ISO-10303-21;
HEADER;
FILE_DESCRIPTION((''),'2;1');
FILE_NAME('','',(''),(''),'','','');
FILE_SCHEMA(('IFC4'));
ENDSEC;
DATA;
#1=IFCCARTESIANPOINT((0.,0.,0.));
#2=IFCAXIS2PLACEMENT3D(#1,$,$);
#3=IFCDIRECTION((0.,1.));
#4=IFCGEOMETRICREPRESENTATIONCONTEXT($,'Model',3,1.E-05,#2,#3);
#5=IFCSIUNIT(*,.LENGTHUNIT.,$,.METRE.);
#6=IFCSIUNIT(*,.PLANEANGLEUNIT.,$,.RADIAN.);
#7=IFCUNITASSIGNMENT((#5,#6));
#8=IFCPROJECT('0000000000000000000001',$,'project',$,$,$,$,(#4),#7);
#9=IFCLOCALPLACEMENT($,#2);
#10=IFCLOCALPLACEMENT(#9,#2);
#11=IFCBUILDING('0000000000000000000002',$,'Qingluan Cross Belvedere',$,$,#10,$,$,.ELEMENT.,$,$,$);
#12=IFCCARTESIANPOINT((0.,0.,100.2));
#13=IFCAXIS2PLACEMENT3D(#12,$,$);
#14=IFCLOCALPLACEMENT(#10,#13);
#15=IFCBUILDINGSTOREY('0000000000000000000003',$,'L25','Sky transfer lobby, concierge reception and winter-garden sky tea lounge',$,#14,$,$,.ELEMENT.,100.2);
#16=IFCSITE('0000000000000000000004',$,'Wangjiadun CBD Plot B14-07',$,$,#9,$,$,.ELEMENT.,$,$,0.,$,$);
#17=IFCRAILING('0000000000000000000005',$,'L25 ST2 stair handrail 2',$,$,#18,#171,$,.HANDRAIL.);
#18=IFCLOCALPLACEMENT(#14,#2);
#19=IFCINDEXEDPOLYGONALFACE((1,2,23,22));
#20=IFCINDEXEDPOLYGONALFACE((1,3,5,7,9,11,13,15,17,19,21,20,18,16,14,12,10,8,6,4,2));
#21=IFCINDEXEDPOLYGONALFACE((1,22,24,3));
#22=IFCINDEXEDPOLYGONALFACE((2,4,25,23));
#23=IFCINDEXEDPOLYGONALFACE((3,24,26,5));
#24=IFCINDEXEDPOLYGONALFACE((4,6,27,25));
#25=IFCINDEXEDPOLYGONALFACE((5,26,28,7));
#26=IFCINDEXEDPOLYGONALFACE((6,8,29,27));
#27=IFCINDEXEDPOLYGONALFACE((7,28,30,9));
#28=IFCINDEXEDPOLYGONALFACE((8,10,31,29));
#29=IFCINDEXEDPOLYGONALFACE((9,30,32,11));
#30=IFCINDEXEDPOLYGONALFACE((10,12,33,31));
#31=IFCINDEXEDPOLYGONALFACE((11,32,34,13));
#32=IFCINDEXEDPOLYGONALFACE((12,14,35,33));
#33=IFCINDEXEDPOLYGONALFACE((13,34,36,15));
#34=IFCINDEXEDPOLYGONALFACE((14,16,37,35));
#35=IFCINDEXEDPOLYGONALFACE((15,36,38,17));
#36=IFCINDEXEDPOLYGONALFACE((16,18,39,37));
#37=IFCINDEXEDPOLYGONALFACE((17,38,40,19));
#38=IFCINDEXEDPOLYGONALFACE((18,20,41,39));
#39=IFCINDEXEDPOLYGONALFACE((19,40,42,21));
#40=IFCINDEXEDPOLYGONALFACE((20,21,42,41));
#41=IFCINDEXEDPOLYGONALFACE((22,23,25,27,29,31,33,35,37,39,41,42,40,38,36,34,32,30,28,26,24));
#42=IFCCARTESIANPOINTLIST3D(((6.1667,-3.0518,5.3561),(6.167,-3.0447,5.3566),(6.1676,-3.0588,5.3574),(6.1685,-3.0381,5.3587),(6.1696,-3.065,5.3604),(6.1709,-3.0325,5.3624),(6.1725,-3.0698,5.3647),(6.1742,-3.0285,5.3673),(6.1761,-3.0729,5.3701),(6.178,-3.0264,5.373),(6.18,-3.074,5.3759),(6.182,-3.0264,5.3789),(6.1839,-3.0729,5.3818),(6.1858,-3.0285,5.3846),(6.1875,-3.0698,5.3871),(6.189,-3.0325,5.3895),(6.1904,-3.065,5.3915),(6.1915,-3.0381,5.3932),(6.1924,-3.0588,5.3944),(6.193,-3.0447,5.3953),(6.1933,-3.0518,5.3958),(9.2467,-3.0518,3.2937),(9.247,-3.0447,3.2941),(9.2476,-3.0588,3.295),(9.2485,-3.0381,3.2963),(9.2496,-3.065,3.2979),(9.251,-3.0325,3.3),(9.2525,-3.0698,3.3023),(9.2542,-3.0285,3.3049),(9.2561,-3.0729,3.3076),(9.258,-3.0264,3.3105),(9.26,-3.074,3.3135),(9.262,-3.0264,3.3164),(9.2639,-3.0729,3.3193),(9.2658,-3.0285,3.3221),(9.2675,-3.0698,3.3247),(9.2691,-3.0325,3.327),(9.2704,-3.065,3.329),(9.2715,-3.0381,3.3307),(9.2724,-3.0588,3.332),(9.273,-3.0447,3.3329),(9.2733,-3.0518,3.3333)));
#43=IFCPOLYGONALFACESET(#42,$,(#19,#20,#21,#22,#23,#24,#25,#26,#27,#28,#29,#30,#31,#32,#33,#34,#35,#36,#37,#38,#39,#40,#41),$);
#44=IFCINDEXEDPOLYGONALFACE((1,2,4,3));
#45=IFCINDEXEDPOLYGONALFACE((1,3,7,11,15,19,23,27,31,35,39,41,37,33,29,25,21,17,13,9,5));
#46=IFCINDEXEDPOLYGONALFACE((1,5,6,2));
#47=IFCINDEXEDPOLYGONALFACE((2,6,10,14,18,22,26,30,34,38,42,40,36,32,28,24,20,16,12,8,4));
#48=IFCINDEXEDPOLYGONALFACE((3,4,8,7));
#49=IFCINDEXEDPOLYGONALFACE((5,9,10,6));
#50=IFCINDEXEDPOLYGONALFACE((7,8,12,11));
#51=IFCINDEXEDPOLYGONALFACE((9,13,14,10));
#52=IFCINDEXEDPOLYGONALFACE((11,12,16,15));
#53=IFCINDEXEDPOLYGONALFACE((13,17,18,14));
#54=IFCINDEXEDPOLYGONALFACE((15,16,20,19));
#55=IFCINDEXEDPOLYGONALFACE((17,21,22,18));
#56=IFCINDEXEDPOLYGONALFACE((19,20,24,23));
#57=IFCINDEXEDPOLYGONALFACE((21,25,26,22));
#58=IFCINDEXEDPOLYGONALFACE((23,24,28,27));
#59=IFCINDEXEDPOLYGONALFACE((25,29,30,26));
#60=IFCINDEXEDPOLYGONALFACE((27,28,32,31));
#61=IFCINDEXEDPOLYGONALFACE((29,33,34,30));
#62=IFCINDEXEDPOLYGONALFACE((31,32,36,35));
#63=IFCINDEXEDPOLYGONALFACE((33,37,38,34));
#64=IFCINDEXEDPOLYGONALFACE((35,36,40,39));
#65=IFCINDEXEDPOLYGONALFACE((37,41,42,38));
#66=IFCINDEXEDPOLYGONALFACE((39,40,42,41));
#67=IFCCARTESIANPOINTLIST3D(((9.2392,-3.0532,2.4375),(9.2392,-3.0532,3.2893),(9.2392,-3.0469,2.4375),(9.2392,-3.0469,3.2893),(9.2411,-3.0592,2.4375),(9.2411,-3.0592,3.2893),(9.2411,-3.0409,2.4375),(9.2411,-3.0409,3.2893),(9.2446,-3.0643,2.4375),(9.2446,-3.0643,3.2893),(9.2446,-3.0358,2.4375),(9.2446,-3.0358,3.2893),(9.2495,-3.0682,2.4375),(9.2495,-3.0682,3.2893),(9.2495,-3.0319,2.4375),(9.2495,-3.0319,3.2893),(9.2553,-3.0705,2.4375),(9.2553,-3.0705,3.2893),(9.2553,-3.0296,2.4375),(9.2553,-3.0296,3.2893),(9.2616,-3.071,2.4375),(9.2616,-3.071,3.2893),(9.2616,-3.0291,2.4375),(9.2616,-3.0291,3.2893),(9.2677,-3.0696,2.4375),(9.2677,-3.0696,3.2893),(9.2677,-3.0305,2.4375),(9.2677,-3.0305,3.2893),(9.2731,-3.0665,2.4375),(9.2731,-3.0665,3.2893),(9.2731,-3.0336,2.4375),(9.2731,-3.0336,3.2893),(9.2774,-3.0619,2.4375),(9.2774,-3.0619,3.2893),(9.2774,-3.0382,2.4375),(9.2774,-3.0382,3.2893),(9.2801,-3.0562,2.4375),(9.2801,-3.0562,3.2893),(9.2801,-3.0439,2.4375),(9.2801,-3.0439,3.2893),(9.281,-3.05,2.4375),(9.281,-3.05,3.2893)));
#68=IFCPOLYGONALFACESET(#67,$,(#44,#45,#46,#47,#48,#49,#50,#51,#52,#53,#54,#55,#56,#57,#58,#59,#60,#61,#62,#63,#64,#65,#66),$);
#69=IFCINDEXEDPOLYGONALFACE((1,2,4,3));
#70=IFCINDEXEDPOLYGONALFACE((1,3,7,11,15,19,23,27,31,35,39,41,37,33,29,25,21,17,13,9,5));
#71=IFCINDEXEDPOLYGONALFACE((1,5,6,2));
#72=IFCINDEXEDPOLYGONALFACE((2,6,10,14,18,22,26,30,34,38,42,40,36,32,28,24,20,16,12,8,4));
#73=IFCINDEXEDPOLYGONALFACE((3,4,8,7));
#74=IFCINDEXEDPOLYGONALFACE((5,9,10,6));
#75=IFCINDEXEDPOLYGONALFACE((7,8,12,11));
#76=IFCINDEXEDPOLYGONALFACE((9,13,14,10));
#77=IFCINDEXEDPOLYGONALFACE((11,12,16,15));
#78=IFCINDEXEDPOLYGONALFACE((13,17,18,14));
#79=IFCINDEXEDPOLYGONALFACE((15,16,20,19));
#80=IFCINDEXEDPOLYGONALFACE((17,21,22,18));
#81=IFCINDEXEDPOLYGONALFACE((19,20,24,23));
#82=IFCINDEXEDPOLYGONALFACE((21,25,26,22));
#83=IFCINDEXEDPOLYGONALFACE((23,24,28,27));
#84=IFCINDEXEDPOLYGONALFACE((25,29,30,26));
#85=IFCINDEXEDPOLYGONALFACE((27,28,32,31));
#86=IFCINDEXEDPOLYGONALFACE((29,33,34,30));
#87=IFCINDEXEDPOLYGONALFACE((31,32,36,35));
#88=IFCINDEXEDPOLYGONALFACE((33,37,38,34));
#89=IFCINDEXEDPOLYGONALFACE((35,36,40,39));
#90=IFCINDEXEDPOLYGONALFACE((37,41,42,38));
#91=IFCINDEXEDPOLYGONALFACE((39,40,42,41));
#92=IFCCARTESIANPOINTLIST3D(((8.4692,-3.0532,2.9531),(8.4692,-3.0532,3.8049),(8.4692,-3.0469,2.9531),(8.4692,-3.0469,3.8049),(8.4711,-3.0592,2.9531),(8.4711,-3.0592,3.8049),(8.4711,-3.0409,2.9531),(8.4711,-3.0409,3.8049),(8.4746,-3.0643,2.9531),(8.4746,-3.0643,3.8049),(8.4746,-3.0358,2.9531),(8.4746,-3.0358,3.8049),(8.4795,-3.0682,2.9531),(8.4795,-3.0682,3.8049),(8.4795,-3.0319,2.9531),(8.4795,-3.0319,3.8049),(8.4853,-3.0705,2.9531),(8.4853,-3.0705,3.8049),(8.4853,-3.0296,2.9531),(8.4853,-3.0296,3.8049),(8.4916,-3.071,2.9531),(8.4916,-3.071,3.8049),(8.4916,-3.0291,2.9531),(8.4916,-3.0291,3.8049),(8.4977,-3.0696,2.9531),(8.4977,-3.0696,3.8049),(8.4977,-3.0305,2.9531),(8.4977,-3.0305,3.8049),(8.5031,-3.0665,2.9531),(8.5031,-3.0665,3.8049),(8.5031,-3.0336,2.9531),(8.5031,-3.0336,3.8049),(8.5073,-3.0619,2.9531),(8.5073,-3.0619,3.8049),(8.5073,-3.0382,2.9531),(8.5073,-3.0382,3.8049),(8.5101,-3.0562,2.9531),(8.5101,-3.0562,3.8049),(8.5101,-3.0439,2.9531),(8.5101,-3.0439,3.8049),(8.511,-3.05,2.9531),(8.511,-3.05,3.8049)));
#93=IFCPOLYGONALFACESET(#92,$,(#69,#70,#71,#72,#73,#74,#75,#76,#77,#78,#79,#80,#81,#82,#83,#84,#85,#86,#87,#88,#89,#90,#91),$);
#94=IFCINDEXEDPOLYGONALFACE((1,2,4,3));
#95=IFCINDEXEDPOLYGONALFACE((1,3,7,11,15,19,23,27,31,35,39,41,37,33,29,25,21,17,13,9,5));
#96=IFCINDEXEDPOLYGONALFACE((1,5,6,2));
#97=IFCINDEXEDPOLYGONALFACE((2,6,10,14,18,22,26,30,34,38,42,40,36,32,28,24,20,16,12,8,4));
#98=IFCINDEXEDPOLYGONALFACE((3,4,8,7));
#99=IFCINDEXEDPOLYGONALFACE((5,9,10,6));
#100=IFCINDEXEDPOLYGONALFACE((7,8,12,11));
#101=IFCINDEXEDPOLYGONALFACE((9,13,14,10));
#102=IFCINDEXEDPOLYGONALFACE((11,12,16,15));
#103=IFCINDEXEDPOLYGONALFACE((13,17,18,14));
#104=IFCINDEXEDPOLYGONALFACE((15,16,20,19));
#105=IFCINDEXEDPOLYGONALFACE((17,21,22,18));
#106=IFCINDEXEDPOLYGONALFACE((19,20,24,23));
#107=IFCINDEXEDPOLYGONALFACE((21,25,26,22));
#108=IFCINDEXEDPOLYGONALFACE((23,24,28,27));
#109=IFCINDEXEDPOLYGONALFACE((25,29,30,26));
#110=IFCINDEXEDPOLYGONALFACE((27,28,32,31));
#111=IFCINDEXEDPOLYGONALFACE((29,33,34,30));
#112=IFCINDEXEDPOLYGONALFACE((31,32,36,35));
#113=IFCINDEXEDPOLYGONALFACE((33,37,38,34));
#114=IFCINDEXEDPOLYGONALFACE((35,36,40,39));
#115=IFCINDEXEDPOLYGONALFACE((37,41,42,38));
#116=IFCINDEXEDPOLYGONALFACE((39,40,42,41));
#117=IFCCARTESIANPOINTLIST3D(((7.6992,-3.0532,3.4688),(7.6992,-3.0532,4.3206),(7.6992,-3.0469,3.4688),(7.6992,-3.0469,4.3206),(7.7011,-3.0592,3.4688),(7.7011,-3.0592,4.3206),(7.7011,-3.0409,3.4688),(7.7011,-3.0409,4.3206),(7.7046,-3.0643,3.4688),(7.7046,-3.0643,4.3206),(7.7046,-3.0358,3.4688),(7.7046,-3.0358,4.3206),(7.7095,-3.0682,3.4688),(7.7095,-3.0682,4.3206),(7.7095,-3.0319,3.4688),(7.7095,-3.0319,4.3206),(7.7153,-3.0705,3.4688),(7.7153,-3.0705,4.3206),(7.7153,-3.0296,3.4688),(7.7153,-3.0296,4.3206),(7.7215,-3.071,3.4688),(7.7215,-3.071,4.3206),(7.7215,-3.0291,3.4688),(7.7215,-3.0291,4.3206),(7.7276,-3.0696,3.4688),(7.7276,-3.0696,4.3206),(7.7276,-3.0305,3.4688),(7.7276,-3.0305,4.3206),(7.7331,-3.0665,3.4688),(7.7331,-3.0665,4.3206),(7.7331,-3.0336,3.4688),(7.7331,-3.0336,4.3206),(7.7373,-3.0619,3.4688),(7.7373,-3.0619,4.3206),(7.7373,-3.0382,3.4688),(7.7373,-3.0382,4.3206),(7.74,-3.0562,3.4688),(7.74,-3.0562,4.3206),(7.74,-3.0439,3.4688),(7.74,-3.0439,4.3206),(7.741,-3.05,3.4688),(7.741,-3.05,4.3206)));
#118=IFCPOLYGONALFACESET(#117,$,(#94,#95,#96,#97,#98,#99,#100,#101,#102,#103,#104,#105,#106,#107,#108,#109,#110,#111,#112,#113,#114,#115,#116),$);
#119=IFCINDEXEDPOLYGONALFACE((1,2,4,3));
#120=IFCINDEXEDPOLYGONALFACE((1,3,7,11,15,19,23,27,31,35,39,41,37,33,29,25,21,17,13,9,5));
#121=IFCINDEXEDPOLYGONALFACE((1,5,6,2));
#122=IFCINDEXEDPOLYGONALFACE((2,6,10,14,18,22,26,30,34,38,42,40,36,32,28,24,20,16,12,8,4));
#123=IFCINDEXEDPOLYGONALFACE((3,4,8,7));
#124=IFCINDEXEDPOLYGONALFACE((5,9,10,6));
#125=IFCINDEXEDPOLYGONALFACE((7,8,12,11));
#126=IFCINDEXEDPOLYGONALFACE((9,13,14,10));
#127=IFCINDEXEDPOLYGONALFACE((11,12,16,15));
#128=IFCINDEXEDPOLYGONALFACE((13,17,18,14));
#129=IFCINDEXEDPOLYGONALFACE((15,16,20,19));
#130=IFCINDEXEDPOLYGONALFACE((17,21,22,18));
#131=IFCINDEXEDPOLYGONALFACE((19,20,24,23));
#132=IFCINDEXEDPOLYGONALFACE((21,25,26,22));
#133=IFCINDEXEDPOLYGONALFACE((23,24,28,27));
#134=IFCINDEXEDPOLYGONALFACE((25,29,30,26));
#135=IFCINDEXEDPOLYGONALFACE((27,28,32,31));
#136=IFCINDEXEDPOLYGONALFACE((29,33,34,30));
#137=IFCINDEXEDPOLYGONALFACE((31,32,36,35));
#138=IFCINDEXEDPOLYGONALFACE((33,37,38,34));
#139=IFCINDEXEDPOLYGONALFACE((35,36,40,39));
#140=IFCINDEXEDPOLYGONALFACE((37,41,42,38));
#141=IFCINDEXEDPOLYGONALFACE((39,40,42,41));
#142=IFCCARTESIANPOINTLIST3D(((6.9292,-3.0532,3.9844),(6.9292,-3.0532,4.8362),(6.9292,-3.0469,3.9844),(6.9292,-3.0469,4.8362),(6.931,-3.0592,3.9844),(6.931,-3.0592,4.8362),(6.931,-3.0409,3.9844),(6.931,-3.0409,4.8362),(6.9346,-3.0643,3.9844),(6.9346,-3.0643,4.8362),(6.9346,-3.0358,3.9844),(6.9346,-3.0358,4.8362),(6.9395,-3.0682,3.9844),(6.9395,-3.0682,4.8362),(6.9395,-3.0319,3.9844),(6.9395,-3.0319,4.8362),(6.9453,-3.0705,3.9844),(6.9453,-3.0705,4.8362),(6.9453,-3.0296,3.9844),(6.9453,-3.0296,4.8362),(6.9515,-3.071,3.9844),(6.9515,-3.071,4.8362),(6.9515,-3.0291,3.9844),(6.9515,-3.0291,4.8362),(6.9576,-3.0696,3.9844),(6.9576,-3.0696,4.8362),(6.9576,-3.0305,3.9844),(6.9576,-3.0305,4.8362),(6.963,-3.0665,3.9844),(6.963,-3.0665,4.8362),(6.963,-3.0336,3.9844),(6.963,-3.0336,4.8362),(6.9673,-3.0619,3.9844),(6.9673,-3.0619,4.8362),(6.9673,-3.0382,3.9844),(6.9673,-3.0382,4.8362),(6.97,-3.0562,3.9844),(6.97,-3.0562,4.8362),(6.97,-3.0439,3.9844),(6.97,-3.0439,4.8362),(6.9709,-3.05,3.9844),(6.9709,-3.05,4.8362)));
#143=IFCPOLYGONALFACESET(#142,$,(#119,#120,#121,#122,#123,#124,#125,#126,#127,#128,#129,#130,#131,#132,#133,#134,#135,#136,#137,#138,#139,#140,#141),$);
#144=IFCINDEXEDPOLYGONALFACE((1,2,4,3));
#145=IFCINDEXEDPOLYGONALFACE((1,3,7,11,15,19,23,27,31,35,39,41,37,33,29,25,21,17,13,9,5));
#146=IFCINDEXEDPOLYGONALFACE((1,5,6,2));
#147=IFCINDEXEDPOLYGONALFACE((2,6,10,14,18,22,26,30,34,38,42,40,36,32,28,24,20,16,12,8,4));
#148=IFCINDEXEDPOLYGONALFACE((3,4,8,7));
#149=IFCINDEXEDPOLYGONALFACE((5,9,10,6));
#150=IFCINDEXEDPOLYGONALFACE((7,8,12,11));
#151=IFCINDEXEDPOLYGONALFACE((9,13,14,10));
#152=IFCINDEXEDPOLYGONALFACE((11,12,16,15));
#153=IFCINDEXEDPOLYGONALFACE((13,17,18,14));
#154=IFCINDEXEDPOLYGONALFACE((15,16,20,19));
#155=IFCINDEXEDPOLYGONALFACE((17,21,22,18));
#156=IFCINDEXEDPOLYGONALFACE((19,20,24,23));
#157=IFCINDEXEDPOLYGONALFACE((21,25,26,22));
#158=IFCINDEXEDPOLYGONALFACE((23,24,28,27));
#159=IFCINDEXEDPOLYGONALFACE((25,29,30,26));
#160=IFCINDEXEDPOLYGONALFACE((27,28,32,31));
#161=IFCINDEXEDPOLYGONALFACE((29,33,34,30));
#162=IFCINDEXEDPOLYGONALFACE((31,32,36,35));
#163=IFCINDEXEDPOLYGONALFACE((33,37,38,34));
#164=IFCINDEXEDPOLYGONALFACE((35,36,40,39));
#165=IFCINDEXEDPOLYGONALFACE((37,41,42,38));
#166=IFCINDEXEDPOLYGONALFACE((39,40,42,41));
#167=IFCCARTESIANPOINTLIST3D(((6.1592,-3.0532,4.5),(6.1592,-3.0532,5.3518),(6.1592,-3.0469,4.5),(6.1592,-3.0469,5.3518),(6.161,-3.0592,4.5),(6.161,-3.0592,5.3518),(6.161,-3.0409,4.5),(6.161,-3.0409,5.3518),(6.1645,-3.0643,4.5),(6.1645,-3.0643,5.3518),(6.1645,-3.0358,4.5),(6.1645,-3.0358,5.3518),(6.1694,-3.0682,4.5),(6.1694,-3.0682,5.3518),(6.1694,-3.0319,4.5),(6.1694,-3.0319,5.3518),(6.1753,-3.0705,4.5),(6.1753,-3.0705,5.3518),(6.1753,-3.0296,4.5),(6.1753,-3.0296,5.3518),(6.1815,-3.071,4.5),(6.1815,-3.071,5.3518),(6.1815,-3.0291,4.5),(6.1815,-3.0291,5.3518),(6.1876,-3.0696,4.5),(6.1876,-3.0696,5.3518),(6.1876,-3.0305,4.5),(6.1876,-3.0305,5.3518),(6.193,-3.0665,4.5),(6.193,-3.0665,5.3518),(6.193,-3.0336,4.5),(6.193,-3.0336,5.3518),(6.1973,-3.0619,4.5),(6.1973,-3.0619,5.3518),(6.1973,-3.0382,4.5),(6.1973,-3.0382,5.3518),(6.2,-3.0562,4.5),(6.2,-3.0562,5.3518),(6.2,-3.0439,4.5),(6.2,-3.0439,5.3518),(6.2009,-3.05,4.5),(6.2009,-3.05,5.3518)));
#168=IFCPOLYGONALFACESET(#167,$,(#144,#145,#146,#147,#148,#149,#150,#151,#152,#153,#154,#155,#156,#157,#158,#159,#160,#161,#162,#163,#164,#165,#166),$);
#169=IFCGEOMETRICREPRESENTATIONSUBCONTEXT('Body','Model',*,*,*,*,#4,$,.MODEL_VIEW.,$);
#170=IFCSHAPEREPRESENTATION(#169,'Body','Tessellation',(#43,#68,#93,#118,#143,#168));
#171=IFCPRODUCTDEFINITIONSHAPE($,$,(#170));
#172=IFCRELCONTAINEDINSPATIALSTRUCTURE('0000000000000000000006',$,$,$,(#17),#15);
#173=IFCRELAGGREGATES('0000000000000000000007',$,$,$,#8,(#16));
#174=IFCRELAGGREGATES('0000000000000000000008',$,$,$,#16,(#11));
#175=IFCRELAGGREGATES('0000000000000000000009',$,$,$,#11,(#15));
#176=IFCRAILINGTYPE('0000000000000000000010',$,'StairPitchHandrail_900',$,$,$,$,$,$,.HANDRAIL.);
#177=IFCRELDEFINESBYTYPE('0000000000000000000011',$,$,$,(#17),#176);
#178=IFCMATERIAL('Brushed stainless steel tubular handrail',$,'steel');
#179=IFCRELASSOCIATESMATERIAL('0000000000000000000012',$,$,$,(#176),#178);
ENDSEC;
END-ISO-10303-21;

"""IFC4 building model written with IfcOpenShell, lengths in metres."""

from ifc_helpers import new_model, si_unit, direction, frame, origin, origin_2d, place, context, subcontext, project, spatial, circle, extrude, material, type_object, element, save


model = new_model("IFC4")

# Units and contexts
model_context = context("Model", 3, precision=1e-05, world=origin(), true_north=direction((0.0, 1.0)))
body_context = subcontext(model_context, "Body", "Model", "MODEL_VIEW")
ifc_project = project(units=[si_unit("LENGTHUNIT", "METRE"), si_unit("PLANEANGLEUNIT", "RADIAN")], contexts=[model_context])

# Site, building, storey
site_placement = place(None, origin())
site = spatial("IfcSite", under=ifc_project, at=site_placement, Name="Wangjiadun CBD Plot B14-07", CompositionType="ELEMENT", RefElevation=0.0)
building_placement = place(site_placement, origin())
building = spatial("IfcBuilding", under=site, at=building_placement, Name="Qingluan Cross Belvedere", CompositionType="ELEMENT")
storey_placement = place(building_placement, frame((0.0, 0.0, 100.2)))
storey = spatial("IfcBuildingStorey", under=building, at=storey_placement, Name="L25", Description="Sky transfer lobby, concierge reception and winter-garden sky tea lounge", CompositionType="ELEMENT", Elevation=100.2)

# Railing
ifc_material_1 = material(Name="Brushed stainless steel tubular handrail", Category="steel")
railing_type_1 = type_object("IfcRailingType", Name="StairPitchHandrail_900", PredefinedType="HANDRAIL", material=ifc_material_1)
railing_1_placement = place(storey_placement, frame((9.26, -3.05, 2.4375)))
element("IfcRailing", 1, at=railing_1_placement, inside=storey, type_object=railing_type_1, Name="L25 ST2 stair handrail 2", PredefinedType="HANDRAIL", context=body_context, shape_type="SweptSolid", body=[
    extrude(circle(Radius=0.0239, at=origin_2d()), frame((0.0, 0.0, 0.876), z_axis=(-0.830914, 0.0, 0.556401), x_axis=(0.0, -1.0, 0.0)), (0.0, 0.0, 1.0), 3.7068),
    extrude(circle(Radius=0.021, at=origin_2d()), origin(), (0.0, 0.0, 1.0), 0.8518),
    extrude(circle(Radius=0.021, at=origin_2d()), frame((-0.77, 0.0, 0.5156)), (0.0, 0.0, 1.0), 0.8518),
    extrude(circle(Radius=0.021, at=origin_2d()), frame((-1.54, 0.0, 1.0312)), (0.0, 0.0, 1.0), 0.8518),
    extrude(circle(Radius=0.021, at=origin_2d()), frame((-2.3101, 0.0, 1.5469)), (0.0, 0.0, 1.0), 0.8518),
    extrude(circle(Radius=0.021, at=origin_2d()), frame((-3.0801, 0.0, 2.0625)), (0.0, 0.0, 1.0), 0.8518),
])

save(model, "model.ifc")
